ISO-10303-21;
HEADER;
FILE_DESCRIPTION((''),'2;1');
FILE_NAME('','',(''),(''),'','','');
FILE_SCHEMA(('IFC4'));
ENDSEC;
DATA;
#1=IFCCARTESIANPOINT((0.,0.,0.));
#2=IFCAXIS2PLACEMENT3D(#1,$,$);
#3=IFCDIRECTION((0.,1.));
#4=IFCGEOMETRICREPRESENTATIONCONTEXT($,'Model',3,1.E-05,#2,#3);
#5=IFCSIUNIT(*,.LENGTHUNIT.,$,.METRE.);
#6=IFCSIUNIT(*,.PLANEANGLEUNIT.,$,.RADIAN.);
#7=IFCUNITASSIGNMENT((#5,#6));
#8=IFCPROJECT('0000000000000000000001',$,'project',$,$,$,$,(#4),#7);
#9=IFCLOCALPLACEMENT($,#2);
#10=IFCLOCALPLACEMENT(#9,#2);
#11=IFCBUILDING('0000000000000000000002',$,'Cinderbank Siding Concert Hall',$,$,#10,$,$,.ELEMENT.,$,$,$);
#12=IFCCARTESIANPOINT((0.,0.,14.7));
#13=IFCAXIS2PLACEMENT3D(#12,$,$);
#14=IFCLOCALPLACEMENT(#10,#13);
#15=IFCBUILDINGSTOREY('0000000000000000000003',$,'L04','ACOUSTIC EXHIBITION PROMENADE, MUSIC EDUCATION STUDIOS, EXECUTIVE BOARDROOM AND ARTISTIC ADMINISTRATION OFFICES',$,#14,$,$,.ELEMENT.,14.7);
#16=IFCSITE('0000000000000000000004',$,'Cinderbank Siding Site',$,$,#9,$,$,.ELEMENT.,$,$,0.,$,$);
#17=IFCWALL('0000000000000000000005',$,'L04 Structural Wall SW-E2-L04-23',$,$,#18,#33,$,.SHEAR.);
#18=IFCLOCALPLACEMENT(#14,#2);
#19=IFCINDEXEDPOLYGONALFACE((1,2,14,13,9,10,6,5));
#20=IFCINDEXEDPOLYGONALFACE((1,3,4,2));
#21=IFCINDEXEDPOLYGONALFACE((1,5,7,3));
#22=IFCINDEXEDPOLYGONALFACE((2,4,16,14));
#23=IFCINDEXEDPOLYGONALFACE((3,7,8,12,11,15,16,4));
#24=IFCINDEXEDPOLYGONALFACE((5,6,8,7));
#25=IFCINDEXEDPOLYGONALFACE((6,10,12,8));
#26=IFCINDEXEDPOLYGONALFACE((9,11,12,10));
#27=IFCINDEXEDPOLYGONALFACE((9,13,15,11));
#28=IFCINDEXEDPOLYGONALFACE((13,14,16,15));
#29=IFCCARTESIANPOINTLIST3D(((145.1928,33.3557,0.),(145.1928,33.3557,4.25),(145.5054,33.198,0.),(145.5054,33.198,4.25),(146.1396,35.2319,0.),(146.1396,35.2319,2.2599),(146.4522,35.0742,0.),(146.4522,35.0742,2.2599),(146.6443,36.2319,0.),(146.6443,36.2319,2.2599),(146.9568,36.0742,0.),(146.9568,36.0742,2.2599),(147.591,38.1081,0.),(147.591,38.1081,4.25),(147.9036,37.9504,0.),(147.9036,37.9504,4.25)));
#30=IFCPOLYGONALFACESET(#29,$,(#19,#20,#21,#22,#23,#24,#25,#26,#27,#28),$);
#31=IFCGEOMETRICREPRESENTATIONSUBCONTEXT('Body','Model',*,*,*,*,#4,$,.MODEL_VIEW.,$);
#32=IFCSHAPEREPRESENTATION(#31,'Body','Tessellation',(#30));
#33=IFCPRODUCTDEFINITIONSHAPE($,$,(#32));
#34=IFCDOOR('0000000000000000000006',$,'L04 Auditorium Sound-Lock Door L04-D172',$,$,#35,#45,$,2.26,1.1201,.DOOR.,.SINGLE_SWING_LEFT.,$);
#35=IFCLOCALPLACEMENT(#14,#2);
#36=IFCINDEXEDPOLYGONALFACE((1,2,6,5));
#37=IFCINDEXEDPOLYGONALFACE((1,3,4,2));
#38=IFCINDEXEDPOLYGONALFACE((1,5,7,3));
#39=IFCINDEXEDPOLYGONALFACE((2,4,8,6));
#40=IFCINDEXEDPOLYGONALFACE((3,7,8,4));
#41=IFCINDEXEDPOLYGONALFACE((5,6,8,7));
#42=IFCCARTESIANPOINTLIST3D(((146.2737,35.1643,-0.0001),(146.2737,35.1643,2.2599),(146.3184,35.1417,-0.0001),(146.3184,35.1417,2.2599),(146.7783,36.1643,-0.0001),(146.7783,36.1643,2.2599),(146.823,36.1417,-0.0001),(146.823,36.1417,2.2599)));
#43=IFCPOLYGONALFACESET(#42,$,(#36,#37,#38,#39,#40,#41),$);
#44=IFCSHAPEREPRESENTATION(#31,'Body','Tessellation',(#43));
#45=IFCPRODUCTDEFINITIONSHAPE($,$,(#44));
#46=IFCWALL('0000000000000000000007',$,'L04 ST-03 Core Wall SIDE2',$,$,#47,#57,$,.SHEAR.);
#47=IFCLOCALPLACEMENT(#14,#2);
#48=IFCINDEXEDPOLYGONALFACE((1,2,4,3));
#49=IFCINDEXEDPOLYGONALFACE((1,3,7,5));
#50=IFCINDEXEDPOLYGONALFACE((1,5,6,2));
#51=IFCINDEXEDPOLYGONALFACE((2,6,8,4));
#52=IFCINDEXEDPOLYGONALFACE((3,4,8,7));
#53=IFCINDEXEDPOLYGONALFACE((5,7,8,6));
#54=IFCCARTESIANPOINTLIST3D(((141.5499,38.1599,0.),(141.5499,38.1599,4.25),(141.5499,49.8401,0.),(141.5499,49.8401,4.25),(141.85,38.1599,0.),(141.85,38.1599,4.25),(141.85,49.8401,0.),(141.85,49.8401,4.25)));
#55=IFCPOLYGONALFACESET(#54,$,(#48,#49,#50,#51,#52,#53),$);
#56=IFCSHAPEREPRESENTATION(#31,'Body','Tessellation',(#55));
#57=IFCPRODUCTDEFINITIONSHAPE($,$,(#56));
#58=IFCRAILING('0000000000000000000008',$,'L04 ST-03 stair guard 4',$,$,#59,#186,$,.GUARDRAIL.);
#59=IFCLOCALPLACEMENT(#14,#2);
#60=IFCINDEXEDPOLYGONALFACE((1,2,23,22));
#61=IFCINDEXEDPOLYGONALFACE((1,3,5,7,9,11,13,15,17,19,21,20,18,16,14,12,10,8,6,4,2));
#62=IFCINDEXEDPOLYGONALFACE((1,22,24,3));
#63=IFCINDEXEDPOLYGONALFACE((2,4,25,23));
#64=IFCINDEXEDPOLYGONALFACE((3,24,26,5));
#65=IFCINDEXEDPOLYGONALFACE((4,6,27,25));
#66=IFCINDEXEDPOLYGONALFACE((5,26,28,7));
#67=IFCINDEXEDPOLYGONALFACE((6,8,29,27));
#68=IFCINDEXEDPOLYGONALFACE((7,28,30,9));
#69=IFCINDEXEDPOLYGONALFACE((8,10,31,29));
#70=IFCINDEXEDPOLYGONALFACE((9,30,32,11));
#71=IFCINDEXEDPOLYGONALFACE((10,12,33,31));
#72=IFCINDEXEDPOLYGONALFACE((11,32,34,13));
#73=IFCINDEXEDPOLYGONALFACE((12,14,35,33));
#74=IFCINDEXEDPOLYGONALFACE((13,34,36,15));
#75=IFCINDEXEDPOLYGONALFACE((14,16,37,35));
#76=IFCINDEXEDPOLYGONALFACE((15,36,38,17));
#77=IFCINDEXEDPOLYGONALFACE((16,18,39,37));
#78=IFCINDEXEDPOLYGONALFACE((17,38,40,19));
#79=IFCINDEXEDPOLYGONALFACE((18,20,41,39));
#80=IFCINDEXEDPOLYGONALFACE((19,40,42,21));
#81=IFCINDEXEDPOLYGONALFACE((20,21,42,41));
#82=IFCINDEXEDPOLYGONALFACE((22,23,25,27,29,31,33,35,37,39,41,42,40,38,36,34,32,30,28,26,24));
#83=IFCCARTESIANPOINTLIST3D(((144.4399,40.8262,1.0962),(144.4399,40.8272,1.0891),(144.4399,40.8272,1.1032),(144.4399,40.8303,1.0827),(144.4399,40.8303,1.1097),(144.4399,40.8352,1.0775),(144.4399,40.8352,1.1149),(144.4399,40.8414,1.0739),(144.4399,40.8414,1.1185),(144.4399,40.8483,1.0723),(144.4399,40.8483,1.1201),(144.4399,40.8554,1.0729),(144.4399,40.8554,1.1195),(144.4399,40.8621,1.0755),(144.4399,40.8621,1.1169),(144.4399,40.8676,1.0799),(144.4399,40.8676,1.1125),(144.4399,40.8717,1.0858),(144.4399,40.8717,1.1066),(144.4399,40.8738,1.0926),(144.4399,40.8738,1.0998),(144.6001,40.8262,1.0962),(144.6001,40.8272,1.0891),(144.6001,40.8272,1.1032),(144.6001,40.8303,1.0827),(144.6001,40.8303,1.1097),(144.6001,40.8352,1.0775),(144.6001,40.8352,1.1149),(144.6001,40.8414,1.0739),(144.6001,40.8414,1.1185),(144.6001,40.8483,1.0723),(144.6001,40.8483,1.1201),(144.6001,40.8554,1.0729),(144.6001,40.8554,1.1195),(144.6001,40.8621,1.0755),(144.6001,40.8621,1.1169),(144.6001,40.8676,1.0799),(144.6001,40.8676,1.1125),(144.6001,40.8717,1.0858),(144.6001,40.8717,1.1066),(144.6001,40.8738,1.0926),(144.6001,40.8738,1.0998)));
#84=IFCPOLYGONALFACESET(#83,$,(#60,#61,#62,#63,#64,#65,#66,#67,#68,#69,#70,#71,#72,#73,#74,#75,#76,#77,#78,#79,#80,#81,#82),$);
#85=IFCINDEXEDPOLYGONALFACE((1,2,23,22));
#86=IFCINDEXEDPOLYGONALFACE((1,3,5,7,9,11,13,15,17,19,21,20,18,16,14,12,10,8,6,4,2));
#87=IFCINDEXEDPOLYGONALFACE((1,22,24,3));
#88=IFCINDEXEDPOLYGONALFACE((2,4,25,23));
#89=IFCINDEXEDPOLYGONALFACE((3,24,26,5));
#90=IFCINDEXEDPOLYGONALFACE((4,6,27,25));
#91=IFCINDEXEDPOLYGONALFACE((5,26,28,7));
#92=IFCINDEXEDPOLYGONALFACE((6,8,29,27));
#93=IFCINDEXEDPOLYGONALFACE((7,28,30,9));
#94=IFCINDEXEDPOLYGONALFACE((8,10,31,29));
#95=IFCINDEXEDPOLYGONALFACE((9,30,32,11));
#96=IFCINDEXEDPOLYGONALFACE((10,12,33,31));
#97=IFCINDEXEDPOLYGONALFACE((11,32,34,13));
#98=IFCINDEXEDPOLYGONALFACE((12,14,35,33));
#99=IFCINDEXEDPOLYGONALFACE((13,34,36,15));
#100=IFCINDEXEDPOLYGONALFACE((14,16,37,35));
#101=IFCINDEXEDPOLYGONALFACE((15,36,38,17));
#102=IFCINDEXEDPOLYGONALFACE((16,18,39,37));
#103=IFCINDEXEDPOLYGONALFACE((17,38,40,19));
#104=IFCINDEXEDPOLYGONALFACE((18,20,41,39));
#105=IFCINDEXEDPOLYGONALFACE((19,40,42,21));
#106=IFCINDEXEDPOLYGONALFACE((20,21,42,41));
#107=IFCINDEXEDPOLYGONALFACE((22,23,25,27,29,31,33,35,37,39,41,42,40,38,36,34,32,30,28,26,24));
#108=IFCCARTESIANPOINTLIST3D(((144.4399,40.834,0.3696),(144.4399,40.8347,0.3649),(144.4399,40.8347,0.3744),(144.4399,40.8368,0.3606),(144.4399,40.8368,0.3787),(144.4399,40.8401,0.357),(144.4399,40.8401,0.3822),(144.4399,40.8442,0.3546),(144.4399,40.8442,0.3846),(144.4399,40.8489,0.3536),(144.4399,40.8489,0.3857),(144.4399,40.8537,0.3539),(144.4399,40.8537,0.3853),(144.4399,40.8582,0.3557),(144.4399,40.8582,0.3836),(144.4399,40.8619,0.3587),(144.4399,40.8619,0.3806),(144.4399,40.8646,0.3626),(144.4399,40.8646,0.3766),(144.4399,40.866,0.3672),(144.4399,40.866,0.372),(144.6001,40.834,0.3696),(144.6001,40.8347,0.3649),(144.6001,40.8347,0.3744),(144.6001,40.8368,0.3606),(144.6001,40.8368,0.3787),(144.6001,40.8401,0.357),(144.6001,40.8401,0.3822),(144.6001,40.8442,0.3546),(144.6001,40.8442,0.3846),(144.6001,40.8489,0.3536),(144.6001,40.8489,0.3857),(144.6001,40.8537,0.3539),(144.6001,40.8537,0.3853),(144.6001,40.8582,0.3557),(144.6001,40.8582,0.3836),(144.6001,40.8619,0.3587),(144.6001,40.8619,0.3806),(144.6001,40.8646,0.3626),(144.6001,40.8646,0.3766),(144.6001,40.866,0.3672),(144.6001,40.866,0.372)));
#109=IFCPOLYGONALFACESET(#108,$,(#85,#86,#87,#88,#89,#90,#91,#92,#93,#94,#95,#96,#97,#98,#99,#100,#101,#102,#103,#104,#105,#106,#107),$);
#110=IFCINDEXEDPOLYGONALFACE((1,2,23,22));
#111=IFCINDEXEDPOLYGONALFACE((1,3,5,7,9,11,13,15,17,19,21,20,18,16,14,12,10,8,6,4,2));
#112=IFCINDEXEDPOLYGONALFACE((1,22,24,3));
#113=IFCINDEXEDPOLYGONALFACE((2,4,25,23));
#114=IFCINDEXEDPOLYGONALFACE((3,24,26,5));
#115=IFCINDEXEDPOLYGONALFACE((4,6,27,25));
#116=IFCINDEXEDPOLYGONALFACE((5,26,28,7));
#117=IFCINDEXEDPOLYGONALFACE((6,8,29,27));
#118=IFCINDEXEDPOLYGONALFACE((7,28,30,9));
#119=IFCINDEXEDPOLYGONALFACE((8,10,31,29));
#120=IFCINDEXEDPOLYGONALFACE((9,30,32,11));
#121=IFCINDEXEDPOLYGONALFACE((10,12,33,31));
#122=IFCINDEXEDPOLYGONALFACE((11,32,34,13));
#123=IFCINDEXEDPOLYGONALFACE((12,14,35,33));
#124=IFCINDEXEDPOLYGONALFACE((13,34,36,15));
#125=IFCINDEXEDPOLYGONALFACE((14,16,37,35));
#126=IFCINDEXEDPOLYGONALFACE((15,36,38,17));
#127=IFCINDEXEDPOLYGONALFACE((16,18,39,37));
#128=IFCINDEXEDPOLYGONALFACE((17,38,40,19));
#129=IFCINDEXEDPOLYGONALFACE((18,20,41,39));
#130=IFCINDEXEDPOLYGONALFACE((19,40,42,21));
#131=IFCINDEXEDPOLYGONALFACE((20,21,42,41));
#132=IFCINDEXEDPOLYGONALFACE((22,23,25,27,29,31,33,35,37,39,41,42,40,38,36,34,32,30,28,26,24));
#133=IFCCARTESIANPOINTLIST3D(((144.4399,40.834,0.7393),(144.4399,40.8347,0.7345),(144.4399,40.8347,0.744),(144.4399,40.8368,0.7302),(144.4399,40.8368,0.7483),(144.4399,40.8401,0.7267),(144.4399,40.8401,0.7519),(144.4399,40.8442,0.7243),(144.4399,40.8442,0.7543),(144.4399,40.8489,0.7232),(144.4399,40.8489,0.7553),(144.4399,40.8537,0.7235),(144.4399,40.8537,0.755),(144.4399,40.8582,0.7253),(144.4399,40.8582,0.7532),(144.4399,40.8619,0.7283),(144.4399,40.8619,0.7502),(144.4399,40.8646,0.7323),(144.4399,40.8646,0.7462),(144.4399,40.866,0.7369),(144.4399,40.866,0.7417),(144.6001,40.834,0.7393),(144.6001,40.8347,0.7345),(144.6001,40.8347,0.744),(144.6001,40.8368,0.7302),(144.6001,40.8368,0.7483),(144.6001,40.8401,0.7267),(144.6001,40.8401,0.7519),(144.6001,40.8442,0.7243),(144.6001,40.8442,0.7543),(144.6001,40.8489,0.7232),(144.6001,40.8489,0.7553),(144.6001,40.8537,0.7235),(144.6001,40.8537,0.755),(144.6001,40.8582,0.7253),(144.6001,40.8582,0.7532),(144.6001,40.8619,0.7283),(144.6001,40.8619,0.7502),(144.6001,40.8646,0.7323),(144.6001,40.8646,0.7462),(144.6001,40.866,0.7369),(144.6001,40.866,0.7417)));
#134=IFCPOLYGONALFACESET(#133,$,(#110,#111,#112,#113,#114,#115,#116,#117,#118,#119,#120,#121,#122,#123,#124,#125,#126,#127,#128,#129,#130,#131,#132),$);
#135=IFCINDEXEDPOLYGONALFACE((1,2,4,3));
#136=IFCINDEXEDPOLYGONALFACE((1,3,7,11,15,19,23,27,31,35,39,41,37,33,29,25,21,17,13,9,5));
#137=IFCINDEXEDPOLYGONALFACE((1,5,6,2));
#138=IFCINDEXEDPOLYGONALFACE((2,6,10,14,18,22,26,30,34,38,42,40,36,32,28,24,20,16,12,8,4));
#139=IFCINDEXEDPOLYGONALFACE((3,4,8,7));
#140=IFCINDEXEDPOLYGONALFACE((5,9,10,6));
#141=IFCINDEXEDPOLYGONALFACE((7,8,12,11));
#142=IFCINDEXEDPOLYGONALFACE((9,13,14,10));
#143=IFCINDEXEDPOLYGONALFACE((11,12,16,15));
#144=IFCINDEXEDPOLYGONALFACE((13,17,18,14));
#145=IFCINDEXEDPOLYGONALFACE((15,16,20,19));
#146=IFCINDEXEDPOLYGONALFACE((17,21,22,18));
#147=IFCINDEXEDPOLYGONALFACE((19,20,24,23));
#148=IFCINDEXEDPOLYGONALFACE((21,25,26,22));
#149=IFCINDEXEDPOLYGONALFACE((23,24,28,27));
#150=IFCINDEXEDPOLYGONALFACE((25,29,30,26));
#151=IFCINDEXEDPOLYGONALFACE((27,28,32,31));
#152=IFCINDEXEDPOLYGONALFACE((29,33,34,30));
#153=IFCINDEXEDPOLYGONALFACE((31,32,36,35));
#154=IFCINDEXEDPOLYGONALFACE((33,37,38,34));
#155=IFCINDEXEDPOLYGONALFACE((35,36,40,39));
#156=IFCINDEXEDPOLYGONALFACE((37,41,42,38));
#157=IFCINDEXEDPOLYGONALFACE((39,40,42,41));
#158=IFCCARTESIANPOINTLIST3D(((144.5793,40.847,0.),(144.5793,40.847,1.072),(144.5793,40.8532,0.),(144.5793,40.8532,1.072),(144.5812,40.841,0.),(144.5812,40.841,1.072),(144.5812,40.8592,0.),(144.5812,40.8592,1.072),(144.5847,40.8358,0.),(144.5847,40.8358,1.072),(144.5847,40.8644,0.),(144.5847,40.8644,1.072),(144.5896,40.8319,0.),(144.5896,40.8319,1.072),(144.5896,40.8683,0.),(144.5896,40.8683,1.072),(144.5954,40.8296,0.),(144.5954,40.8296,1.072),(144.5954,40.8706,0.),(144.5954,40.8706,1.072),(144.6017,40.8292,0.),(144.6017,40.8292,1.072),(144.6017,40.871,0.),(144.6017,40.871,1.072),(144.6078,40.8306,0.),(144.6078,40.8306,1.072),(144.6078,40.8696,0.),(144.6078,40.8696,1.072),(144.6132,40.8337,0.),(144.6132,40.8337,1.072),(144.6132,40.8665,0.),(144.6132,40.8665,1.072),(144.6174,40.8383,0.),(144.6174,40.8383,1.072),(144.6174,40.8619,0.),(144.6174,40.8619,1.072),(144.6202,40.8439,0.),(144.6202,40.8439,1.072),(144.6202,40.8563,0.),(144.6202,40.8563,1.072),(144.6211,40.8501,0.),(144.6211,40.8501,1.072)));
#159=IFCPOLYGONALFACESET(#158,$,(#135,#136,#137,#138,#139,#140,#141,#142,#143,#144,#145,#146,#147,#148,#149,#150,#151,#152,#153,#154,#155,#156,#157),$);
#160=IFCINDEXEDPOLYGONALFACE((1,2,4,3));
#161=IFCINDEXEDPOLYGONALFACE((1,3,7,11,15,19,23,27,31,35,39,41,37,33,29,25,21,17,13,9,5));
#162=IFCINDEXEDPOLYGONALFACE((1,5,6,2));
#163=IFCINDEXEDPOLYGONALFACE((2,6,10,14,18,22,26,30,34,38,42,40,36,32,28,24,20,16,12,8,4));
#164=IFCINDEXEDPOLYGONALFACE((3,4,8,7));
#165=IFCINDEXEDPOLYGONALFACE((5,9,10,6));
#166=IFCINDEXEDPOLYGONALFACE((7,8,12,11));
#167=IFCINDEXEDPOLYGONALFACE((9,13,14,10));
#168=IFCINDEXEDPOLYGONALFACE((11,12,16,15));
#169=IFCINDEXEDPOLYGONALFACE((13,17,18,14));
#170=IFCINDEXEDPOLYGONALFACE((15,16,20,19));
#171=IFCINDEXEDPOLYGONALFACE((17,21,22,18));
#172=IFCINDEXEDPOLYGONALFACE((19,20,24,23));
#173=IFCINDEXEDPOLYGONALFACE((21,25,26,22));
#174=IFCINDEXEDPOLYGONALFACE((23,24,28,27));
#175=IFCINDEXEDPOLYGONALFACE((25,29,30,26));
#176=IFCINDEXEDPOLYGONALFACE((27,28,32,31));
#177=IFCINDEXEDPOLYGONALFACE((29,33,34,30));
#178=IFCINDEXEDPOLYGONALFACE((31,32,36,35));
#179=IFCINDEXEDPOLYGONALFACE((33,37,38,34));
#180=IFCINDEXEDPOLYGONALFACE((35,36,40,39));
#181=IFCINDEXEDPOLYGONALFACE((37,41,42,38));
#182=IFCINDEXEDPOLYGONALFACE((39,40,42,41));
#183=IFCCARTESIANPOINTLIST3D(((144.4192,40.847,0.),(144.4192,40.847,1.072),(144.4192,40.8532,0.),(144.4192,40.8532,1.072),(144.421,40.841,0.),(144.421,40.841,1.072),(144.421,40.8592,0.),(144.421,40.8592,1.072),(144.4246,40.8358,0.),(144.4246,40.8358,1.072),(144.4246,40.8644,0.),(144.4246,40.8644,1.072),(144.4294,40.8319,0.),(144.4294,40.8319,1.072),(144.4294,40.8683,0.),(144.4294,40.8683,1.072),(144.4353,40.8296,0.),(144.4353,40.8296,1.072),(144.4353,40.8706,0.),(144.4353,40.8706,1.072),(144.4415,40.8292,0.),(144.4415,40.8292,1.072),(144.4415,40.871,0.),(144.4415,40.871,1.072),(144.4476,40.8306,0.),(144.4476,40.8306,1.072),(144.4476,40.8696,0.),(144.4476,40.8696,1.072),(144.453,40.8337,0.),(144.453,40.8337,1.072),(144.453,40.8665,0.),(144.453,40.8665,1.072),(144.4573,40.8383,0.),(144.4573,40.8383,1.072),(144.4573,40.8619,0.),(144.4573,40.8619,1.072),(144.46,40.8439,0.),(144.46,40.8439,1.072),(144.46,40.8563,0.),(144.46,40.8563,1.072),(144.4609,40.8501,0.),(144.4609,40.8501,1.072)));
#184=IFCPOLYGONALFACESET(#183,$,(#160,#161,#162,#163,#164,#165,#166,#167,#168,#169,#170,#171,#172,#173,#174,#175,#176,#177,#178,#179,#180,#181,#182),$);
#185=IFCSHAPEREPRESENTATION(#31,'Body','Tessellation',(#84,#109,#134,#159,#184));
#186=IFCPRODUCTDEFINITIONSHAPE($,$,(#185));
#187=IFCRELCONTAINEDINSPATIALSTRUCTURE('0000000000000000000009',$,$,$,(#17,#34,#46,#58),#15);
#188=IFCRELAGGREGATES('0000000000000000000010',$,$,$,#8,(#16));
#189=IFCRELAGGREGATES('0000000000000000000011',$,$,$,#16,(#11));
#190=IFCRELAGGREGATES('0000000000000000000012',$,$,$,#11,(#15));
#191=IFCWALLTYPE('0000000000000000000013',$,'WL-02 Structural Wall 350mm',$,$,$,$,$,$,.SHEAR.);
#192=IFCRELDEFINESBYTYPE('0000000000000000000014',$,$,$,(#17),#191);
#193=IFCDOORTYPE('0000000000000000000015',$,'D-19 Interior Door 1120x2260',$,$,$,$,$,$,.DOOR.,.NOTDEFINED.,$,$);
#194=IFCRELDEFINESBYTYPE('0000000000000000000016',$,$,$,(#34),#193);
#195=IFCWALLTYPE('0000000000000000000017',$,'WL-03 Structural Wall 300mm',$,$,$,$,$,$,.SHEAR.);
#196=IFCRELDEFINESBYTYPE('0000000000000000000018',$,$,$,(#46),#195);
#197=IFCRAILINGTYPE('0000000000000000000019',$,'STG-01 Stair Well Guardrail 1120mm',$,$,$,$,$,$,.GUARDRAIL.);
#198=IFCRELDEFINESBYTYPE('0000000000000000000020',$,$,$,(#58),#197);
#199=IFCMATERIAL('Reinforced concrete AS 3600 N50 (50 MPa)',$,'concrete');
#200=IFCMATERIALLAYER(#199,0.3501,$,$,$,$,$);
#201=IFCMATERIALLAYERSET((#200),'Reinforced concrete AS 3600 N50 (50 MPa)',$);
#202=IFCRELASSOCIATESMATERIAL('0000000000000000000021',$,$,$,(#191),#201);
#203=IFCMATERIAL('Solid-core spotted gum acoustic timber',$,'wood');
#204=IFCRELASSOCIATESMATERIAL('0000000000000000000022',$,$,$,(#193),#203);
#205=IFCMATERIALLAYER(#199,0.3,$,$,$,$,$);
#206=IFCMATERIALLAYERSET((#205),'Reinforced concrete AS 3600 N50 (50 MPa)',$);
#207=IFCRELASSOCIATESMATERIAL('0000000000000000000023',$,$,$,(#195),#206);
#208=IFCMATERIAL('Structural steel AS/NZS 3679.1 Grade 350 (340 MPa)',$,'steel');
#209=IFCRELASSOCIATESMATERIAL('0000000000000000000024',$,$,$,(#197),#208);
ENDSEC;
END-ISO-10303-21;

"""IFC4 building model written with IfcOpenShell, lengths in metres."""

from ifc_helpers import new_model, si_unit, direction, frame, frame_2d, origin, origin_2d, place, context, subcontext, project, spatial, rectangle, circle, extrude, material, layer, layer_set, type_object, element, fill, save


model = new_model("IFC4")

# Units and contexts
model_context = context("Model", 3, precision=1e-05, world=origin(), true_north=direction((0.0, 1.0)))
body_context = subcontext(model_context, "Body", "Model", "MODEL_VIEW")
ifc_project = project(units=[si_unit("LENGTHUNIT", "METRE"), si_unit("PLANEANGLEUNIT", "RADIAN")], contexts=[model_context])

# Site, building, storey
site_placement = place(None, origin())
site = spatial("IfcSite", under=ifc_project, at=site_placement, Name="Cinderbank Siding Site", CompositionType="ELEMENT", RefElevation=0.0)
building_placement = place(site_placement, origin())
building = spatial("IfcBuilding", under=site, at=building_placement, Name="Cinderbank Siding Concert Hall", CompositionType="ELEMENT")
storey_placement = place(building_placement, frame((0.0, 0.0, 14.7)))
storey = spatial("IfcBuildingStorey", under=building, at=storey_placement, Name="L04", Description="ACOUSTIC EXHIBITION PROMENADE, MUSIC EDUCATION STUDIOS, EXECUTIVE BOARDROOM AND ARTISTIC ADMINISTRATION OFFICES", CompositionType="ELEMENT", Elevation=14.7)

# Shared definitions
ifc_material_1 = material(Name="Reinforced concrete AS 3600 N50 (50 MPa)", Category="concrete")

# Shared definitions
ifc_material_2 = material(Name="Structural steel AS/NZS 3679.1 Grade 350 (340 MPa)", Category="steel")

# Shared definitions
ifc_material_3 = material(Name="Solid-core spotted gum acoustic timber", Category="wood")

# Wall, opening, door
ifc_layer_1 = layer(ifc_material_1, 0.3501)
ifc_layer_set_1 = layer_set([ifc_layer_1], Name="Reinforced concrete AS 3600 N50 (50 MPa)")
wall_type_1 = type_object("IfcWallType", Name="WL-02 Structural Wall 350mm", PredefinedType="SHEAR", material=ifc_layer_set_1)
wall_1_placement = place(storey_placement, frame((145.3491, 33.2769, 0.0), z_axis=(0.0, 0.0, 1.0), x_axis=(0.450513, 0.89277, 0.0)))
wall_1 = element("IfcWall", 1, at=wall_1_placement, inside=storey, type_object=wall_type_1, Name="L04 Structural Wall SW-E2-L04-23", PredefinedType="SHEAR", context=body_context, shape_type="SweptSolid", body=[
    extrude(rectangle(XDim=5.3232, YDim=0.3501, at=frame_2d((2.6616, 0.0))), origin(), (0.0, 0.0, 1.0), 4.25),
])
opening_1_placement = place(wall_1_placement, frame((2.1016, 0.0, 0.0)))
opening_1 = element("IfcOpeningElement", 2, at=opening_1_placement, cuts=wall_1, PredefinedType="OPENING", context=body_context, shape_type="SweptSolid", body=[
    extrude(rectangle(XDim=1.1201, YDim=2.26, at=frame_2d((0.5601, 1.1299))), frame((0.0, 0.187, 0.0), z_axis=(0.0, -1.0, 0.0), x_axis=(1.0, 0.0, 0.0)), (0.0, 0.0, 1.0), 0.374),
])
door_type_1 = type_object("IfcDoorType", Name="D-19 Interior Door 1120x2260", OperationType="NOTDEFINED", PredefinedType="DOOR", material=ifc_material_3)
door_1_placement = place(opening_1_placement, origin())
door_1 = element("IfcDoor", 3, at=door_1_placement, inside=storey, type_object=door_type_1, Name="L04 Auditorium Sound-Lock Door L04-D172", OperationType="SINGLE_SWING_LEFT", OverallHeight=2.26, OverallWidth=1.1201, PredefinedType="DOOR", context=body_context, shape_type="SweptSolid", body=[
    extrude(rectangle(XDim=1.1201, YDim=2.26, at=frame_2d((0.5601, 1.1299))), frame((0.0, 0.0249, 0.0), z_axis=(0.0, -1.0, 0.0), x_axis=(1.0, 0.0, 0.0)), (0.0, 0.0, 1.0), 0.05),
])
fill(opening_1, door_1)

# Wall
ifc_layer_2 = layer(ifc_material_1, 0.3)
ifc_layer_set_2 = layer_set([ifc_layer_2], Name="Reinforced concrete AS 3600 N50 (50 MPa)")
wall_type_2 = type_object("IfcWallType", Name="WL-03 Structural Wall 300mm", PredefinedType="SHEAR", material=ifc_layer_set_2)
wall_2_placement = place(storey_placement, frame((141.7, 38.1599, 0.0), z_axis=(0.0, 0.0, 1.0), x_axis=(0.0, 1.0, 0.0)))
element("IfcWall", 4, at=wall_2_placement, inside=storey, type_object=wall_type_2, Name="L04 ST-03 Core Wall SIDE2", PredefinedType="SHEAR", context=body_context, shape_type="SweptSolid", body=[
    extrude(rectangle(XDim=11.6802, YDim=0.3, at=frame_2d((5.8401, 0.0))), origin(), (0.0, 0.0, 1.0), 4.25),
])

# Railing
railing_type = type_object("IfcRailingType", Name="STG-01 Stair Well Guardrail 1120mm", PredefinedType="GUARDRAIL", material=ifc_material_2)
railing_1_placement = place(storey_placement, frame((144.6001, 40.8501, 0.0)))
element("IfcRailing", 5, at=railing_1_placement, inside=storey, type_object=railing_type, Name="L04 ST-03 stair guard 4", PredefinedType="GUARDRAIL", context=body_context, shape_type="SweptSolid", body=[
    extrude(circle(Radius=0.0239, at=origin_2d()), frame((0.0, 0.0, 1.0962), z_axis=(-1.0, 0.0, 0.0), x_axis=(0.0, -1.0, 0.0)), (0.0, 0.0, 1.0), 0.1602),
    extrude(circle(Radius=0.0161, at=origin_2d()), frame((0.0, 0.0, 0.3696), z_axis=(-1.0, 0.0, 0.0), x_axis=(0.0, -1.0, 0.0)), (0.0, 0.0, 1.0), 0.1602),
    extrude(circle(Radius=0.0161, at=origin_2d()), frame((0.0, 0.0, 0.7393), z_axis=(-1.0, 0.0, 0.0), x_axis=(0.0, -1.0, 0.0)), (0.0, 0.0, 1.0), 0.1602),
    extrude(circle(Radius=0.021, at=origin_2d()), origin(), (0.0, 0.0, 1.0), 1.072),
    extrude(circle(Radius=0.021, at=origin_2d()), frame((-0.1602, 0.0, 0.0)), (0.0, 0.0, 1.0), 1.072),
])

save(model, "model.ifc")
